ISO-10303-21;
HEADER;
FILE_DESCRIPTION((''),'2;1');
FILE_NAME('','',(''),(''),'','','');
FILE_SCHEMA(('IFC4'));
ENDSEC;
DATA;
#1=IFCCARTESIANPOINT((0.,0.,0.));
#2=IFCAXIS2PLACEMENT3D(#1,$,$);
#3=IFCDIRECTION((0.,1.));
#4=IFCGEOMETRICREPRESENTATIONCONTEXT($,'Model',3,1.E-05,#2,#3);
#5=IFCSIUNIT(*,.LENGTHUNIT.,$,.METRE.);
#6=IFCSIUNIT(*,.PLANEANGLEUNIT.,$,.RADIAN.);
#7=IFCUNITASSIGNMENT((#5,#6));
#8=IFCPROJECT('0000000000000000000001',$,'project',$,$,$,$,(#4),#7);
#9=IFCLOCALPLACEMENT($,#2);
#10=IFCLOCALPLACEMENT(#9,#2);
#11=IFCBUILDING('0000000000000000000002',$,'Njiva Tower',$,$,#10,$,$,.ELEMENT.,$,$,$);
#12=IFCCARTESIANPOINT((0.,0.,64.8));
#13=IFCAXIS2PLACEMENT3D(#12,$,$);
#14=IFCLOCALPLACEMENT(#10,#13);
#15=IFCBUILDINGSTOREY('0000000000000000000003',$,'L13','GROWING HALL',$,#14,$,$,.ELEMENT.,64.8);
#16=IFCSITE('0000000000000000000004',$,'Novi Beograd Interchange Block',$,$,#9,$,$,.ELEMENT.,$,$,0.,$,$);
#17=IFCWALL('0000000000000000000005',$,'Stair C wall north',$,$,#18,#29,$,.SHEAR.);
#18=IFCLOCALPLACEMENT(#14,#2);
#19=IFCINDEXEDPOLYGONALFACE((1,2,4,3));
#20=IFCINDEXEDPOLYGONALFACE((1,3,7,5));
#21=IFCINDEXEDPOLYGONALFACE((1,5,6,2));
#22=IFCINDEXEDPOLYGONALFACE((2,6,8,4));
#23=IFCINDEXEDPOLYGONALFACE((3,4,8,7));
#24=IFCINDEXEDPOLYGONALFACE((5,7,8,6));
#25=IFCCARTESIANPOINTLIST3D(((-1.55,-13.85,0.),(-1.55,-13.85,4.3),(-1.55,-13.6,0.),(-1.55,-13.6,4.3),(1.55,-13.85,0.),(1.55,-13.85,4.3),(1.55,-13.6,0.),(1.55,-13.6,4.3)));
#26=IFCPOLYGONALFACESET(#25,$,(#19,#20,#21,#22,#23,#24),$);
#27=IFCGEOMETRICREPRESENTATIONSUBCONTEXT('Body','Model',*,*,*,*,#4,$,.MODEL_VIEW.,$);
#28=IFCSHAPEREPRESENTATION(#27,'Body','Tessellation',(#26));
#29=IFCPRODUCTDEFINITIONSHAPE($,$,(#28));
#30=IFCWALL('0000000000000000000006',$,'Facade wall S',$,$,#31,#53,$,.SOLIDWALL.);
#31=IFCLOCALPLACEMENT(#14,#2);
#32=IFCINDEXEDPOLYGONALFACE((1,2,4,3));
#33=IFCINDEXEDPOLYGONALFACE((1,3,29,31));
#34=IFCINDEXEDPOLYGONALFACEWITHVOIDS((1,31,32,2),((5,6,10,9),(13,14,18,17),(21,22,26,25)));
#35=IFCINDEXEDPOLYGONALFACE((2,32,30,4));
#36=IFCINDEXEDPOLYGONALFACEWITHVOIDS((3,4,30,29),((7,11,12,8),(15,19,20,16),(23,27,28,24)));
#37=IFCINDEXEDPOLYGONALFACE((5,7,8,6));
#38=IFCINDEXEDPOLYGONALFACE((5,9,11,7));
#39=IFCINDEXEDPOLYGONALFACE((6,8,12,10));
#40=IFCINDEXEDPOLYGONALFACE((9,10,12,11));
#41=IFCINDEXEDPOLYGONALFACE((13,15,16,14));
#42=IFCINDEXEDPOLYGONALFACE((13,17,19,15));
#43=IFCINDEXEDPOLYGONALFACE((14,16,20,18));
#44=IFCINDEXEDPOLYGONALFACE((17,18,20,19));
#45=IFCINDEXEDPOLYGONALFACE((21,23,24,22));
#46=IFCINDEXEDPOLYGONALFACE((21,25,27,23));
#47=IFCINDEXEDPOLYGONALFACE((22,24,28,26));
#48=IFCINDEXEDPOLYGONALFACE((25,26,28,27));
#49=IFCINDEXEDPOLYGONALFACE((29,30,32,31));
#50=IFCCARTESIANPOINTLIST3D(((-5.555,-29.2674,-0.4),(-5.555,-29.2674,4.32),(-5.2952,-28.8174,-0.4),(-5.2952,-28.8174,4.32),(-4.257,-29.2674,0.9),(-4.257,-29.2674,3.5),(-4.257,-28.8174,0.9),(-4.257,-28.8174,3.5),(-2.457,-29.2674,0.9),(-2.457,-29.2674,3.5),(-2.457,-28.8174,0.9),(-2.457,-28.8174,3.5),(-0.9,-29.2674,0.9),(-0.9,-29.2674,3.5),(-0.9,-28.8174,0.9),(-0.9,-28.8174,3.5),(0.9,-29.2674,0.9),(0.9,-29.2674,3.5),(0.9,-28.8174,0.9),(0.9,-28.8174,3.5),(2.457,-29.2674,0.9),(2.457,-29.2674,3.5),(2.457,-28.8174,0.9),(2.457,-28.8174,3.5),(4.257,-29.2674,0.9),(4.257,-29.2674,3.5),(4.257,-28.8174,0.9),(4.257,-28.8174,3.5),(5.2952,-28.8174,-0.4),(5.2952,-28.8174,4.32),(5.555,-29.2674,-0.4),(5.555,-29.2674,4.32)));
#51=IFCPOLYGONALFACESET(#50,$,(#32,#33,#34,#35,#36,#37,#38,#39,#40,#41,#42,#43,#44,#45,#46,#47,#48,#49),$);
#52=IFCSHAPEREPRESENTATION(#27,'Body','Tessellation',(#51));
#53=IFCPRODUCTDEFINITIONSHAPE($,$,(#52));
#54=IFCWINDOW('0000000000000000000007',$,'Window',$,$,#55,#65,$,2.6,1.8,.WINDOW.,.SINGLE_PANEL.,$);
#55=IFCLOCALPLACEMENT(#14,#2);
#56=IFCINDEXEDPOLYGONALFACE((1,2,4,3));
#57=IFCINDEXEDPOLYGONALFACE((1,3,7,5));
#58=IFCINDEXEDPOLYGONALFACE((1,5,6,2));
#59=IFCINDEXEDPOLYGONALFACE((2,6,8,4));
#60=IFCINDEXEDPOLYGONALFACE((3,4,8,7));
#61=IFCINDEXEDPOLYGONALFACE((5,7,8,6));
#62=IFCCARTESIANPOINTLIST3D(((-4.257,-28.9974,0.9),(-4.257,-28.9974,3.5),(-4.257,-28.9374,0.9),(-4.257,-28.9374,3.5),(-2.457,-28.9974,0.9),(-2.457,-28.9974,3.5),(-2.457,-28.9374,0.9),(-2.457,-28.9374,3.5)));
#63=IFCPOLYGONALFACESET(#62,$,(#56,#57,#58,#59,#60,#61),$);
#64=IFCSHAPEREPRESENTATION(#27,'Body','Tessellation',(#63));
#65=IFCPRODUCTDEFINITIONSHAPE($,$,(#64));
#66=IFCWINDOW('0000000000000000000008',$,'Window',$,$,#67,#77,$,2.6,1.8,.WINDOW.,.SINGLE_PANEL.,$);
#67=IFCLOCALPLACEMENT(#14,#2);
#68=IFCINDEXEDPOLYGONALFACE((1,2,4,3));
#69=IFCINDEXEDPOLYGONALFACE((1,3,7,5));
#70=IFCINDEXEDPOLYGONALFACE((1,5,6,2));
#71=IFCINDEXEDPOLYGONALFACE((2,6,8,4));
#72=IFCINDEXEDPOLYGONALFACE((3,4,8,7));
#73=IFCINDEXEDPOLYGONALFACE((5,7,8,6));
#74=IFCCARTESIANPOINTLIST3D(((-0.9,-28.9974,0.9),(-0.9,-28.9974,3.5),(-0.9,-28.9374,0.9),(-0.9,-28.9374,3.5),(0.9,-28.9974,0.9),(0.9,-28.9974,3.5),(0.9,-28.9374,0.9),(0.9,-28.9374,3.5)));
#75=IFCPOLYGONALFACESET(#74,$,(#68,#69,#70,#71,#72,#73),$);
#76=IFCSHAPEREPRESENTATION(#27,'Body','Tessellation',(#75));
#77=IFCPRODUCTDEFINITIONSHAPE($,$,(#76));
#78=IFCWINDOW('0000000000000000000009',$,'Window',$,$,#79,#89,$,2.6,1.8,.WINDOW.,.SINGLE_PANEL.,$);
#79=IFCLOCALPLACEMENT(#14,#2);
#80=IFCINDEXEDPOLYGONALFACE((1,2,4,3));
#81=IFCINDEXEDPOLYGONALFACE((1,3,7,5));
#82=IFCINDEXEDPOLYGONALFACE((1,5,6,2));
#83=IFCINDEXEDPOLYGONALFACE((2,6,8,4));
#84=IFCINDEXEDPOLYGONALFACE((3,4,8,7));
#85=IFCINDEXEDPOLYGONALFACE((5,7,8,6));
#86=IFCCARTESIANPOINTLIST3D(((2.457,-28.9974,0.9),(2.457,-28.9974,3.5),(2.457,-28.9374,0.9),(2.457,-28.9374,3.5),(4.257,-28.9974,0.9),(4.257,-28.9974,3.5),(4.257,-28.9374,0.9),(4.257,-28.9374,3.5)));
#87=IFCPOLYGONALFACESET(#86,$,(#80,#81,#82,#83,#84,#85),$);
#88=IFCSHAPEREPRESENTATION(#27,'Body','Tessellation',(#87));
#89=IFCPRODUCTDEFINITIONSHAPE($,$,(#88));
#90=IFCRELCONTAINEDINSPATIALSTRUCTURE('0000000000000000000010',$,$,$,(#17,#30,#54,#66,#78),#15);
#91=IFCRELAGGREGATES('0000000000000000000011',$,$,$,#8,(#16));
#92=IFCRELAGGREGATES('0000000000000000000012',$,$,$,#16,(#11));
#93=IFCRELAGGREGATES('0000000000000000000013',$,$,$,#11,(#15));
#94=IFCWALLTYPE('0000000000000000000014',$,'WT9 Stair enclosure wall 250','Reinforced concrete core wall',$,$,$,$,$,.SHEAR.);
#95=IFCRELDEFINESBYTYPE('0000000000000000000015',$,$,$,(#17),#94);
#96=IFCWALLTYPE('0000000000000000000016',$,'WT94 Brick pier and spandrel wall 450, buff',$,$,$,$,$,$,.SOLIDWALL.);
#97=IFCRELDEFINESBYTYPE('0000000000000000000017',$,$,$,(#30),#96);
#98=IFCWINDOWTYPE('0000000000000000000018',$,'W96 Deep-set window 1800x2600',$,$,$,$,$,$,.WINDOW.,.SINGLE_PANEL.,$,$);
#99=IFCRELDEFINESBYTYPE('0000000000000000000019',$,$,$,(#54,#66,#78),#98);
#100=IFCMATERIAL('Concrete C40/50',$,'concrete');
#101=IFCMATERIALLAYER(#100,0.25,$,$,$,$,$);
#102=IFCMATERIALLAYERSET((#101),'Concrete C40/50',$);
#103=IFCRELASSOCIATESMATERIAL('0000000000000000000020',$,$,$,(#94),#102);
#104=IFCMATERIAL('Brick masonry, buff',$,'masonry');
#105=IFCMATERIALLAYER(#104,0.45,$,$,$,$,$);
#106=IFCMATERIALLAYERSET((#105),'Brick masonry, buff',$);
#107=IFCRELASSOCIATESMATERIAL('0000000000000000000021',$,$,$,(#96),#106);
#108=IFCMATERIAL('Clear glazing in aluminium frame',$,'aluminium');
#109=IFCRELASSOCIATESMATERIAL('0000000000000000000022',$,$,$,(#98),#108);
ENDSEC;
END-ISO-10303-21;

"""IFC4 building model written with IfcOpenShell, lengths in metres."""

from ifc_helpers import new_model, si_unit, direction, frame, frame_2d, origin, place, context, subcontext, project, spatial, polyline, rectangle, outline, extrude, material, layer, layer_set, type_object, element, fill, save


model = new_model("IFC4")

# Units and contexts
model_context = context("Model", 3, precision=1e-05, world=origin(), true_north=direction((0.0, 1.0)))
body_context = subcontext(model_context, "Body", "Model", "MODEL_VIEW")
ifc_project = project(units=[si_unit("LENGTHUNIT", "METRE"), si_unit("PLANEANGLEUNIT", "RADIAN")], contexts=[model_context])

# Site, building, storey
site_placement = place(None, origin())
site = spatial("IfcSite", under=ifc_project, at=site_placement, Name="Novi Beograd Interchange Block", CompositionType="ELEMENT", RefElevation=0.0)
building_placement = place(site_placement, origin())
building = spatial("IfcBuilding", under=site, at=building_placement, Name="Njiva Tower", CompositionType="ELEMENT")
storey_placement = place(building_placement, frame((0.0, 0.0, 64.8)))
storey = spatial("IfcBuildingStorey", under=building, at=storey_placement, Name="L13", Description="GROWING HALL", CompositionType="ELEMENT", Elevation=64.8)

# Wall
ifc_material_1 = material(Name="Concrete C40/50", Category="concrete")
ifc_layer_1 = layer(ifc_material_1, 0.25)
ifc_layer_set_1 = layer_set([ifc_layer_1], Name="Concrete C40/50")
wall_type_1 = type_object("IfcWallType", Name="WT9 Stair enclosure wall 250", Description="Reinforced concrete core wall", PredefinedType="SHEAR", material=ifc_layer_set_1)
for number, where, z_axis, x_axis, name in (
    (1, (-1.55, -13.725, 0.0), (0.0, 0.0, 1.0), (1.0, 0.0, 0.0), "Stair C wall north"),
):
    element("IfcWall", number, at=place(storey_placement, frame(where, z_axis=z_axis, x_axis=x_axis)), inside=storey, type_object=wall_type_1, Name=name, PredefinedType="SHEAR", context=body_context, shape_type="SweptSolid", body=[
        extrude(rectangle(XDim=3.1, YDim=0.25, at=frame_2d((1.55, 0.0))), origin(), (0.0, 0.0, 1.0), 4.3),
    ])

# Wall, openings, windows
ifc_material_2 = material(Name="Brick masonry, buff", Category="masonry")
ifc_layer_2 = layer(ifc_material_2, 0.45)
ifc_layer_set_2 = layer_set([ifc_layer_2], Name="Brick masonry, buff")
wall_type_2 = type_object("IfcWallType", Name="WT94 Brick pier and spandrel wall 450, buff", PredefinedType="SOLIDWALL", material=ifc_layer_set_2)
wall_1_placement = place(storey_placement, frame((-5.4251, -29.0424, -0.4), z_axis=(0.0, 0.0, 1.0), x_axis=(1.0, 0.0, 0.0)))
wall_1 = element("IfcWall", 2, at=wall_1_placement, inside=storey, type_object=wall_type_2, Name="Facade wall S", PredefinedType="SOLIDWALL", context=body_context, shape_type="SweptSolid", body=[
    extrude(outline(polyline([(-0.1299, -0.225), (10.9801, -0.225), (10.7203, 0.225), (0.1299, 0.225), (-0.1299, -0.225)])), origin(), (0.0, 0.0, 1.0), 4.72),
])
opening_1_placement = place(wall_1_placement, frame((1.1681, 0.0, 1.3)))
opening_1 = element("IfcOpeningElement", 3, at=opening_1_placement, cuts=wall_1, PredefinedType="OPENING", context=body_context, shape_type="SweptSolid", body=[
    extrude(rectangle(XDim=1.8, YDim=2.6, at=frame_2d((0.9, 1.3))), frame((0.0, 0.235, 0.0), z_axis=(0.0, -1.0, 0.0), x_axis=(1.0, 0.0, 0.0)), (0.0, 0.0, 1.0), 0.47),
])
opening_2_placement = place(wall_1_placement, frame((4.5251, 0.0, 1.3)))
opening_2 = element("IfcOpeningElement", 4, at=opening_2_placement, cuts=wall_1, PredefinedType="OPENING", context=body_context, shape_type="SweptSolid", body=[
    extrude(rectangle(XDim=1.8, YDim=2.6, at=frame_2d((0.9, 1.3))), frame((0.0, 0.235, 0.0), z_axis=(0.0, -1.0, 0.0), x_axis=(1.0, 0.0, 0.0)), (0.0, 0.0, 1.0), 0.47),
])
opening_3_placement = place(wall_1_placement, frame((7.8821, 0.0, 1.3)))
opening_3 = element("IfcOpeningElement", 5, at=opening_3_placement, cuts=wall_1, PredefinedType="OPENING", context=body_context, shape_type="SweptSolid", body=[
    extrude(rectangle(XDim=1.8, YDim=2.6, at=frame_2d((0.9, 1.3))), frame((0.0, 0.235, 0.0), z_axis=(0.0, -1.0, 0.0), x_axis=(1.0, 0.0, 0.0)), (0.0, 0.0, 1.0), 0.47),
])
ifc_material_3 = material(Name="Clear glazing in aluminium frame", Category="aluminium")
window_type = type_object("IfcWindowType", Name="W96 Deep-set window 1800x2600", PartitioningType="SINGLE_PANEL", PredefinedType="WINDOW", material=ifc_material_3)
window_1_placement = place(opening_1_placement, origin())
window_1 = element("IfcWindow", 6, at=window_1_placement, inside=storey, type_object=window_type, Name="Window", OverallHeight=2.6, OverallWidth=1.8, PartitioningType="SINGLE_PANEL", PredefinedType="WINDOW", context=body_context, shape_type="SweptSolid", body=[
    extrude(rectangle(XDim=1.8, YDim=2.6, at=frame_2d((0.9, 1.3))), frame((0.0, 0.105, 0.0), z_axis=(0.0, -1.0, 0.0), x_axis=(1.0, 0.0, 0.0)), (0.0, 0.0, 1.0), 0.06),
])
fill(opening_1, window_1)
window_2_placement = place(opening_2_placement, origin())
window_2 = element("IfcWindow", 7, at=window_2_placement, inside=storey, type_object=window_type, Name="Window", OverallHeight=2.6, OverallWidth=1.8, PartitioningType="SINGLE_PANEL", PredefinedType="WINDOW", context=body_context, shape_type="SweptSolid", body=[
    extrude(rectangle(XDim=1.8, YDim=2.6, at=frame_2d((0.9, 1.3))), frame((0.0, 0.105, 0.0), z_axis=(0.0, -1.0, 0.0), x_axis=(1.0, 0.0, 0.0)), (0.0, 0.0, 1.0), 0.06),
])
fill(opening_2, window_2)
window_3_placement = place(opening_3_placement, origin())
window_3 = element("IfcWindow", 8, at=window_3_placement, inside=storey, type_object=window_type, Name="Window", OverallHeight=2.6, OverallWidth=1.8, PartitioningType="SINGLE_PANEL", PredefinedType="WINDOW", context=body_context, shape_type="SweptSolid", body=[
    extrude(rectangle(XDim=1.8, YDim=2.6, at=frame_2d((0.9, 1.3))), frame((0.0, 0.105, 0.0), z_axis=(0.0, -1.0, 0.0), x_axis=(1.0, 0.0, 0.0)), (0.0, 0.0, 1.0), 0.06),
])
fill(opening_3, window_3)

save(model, "model.ifc")
